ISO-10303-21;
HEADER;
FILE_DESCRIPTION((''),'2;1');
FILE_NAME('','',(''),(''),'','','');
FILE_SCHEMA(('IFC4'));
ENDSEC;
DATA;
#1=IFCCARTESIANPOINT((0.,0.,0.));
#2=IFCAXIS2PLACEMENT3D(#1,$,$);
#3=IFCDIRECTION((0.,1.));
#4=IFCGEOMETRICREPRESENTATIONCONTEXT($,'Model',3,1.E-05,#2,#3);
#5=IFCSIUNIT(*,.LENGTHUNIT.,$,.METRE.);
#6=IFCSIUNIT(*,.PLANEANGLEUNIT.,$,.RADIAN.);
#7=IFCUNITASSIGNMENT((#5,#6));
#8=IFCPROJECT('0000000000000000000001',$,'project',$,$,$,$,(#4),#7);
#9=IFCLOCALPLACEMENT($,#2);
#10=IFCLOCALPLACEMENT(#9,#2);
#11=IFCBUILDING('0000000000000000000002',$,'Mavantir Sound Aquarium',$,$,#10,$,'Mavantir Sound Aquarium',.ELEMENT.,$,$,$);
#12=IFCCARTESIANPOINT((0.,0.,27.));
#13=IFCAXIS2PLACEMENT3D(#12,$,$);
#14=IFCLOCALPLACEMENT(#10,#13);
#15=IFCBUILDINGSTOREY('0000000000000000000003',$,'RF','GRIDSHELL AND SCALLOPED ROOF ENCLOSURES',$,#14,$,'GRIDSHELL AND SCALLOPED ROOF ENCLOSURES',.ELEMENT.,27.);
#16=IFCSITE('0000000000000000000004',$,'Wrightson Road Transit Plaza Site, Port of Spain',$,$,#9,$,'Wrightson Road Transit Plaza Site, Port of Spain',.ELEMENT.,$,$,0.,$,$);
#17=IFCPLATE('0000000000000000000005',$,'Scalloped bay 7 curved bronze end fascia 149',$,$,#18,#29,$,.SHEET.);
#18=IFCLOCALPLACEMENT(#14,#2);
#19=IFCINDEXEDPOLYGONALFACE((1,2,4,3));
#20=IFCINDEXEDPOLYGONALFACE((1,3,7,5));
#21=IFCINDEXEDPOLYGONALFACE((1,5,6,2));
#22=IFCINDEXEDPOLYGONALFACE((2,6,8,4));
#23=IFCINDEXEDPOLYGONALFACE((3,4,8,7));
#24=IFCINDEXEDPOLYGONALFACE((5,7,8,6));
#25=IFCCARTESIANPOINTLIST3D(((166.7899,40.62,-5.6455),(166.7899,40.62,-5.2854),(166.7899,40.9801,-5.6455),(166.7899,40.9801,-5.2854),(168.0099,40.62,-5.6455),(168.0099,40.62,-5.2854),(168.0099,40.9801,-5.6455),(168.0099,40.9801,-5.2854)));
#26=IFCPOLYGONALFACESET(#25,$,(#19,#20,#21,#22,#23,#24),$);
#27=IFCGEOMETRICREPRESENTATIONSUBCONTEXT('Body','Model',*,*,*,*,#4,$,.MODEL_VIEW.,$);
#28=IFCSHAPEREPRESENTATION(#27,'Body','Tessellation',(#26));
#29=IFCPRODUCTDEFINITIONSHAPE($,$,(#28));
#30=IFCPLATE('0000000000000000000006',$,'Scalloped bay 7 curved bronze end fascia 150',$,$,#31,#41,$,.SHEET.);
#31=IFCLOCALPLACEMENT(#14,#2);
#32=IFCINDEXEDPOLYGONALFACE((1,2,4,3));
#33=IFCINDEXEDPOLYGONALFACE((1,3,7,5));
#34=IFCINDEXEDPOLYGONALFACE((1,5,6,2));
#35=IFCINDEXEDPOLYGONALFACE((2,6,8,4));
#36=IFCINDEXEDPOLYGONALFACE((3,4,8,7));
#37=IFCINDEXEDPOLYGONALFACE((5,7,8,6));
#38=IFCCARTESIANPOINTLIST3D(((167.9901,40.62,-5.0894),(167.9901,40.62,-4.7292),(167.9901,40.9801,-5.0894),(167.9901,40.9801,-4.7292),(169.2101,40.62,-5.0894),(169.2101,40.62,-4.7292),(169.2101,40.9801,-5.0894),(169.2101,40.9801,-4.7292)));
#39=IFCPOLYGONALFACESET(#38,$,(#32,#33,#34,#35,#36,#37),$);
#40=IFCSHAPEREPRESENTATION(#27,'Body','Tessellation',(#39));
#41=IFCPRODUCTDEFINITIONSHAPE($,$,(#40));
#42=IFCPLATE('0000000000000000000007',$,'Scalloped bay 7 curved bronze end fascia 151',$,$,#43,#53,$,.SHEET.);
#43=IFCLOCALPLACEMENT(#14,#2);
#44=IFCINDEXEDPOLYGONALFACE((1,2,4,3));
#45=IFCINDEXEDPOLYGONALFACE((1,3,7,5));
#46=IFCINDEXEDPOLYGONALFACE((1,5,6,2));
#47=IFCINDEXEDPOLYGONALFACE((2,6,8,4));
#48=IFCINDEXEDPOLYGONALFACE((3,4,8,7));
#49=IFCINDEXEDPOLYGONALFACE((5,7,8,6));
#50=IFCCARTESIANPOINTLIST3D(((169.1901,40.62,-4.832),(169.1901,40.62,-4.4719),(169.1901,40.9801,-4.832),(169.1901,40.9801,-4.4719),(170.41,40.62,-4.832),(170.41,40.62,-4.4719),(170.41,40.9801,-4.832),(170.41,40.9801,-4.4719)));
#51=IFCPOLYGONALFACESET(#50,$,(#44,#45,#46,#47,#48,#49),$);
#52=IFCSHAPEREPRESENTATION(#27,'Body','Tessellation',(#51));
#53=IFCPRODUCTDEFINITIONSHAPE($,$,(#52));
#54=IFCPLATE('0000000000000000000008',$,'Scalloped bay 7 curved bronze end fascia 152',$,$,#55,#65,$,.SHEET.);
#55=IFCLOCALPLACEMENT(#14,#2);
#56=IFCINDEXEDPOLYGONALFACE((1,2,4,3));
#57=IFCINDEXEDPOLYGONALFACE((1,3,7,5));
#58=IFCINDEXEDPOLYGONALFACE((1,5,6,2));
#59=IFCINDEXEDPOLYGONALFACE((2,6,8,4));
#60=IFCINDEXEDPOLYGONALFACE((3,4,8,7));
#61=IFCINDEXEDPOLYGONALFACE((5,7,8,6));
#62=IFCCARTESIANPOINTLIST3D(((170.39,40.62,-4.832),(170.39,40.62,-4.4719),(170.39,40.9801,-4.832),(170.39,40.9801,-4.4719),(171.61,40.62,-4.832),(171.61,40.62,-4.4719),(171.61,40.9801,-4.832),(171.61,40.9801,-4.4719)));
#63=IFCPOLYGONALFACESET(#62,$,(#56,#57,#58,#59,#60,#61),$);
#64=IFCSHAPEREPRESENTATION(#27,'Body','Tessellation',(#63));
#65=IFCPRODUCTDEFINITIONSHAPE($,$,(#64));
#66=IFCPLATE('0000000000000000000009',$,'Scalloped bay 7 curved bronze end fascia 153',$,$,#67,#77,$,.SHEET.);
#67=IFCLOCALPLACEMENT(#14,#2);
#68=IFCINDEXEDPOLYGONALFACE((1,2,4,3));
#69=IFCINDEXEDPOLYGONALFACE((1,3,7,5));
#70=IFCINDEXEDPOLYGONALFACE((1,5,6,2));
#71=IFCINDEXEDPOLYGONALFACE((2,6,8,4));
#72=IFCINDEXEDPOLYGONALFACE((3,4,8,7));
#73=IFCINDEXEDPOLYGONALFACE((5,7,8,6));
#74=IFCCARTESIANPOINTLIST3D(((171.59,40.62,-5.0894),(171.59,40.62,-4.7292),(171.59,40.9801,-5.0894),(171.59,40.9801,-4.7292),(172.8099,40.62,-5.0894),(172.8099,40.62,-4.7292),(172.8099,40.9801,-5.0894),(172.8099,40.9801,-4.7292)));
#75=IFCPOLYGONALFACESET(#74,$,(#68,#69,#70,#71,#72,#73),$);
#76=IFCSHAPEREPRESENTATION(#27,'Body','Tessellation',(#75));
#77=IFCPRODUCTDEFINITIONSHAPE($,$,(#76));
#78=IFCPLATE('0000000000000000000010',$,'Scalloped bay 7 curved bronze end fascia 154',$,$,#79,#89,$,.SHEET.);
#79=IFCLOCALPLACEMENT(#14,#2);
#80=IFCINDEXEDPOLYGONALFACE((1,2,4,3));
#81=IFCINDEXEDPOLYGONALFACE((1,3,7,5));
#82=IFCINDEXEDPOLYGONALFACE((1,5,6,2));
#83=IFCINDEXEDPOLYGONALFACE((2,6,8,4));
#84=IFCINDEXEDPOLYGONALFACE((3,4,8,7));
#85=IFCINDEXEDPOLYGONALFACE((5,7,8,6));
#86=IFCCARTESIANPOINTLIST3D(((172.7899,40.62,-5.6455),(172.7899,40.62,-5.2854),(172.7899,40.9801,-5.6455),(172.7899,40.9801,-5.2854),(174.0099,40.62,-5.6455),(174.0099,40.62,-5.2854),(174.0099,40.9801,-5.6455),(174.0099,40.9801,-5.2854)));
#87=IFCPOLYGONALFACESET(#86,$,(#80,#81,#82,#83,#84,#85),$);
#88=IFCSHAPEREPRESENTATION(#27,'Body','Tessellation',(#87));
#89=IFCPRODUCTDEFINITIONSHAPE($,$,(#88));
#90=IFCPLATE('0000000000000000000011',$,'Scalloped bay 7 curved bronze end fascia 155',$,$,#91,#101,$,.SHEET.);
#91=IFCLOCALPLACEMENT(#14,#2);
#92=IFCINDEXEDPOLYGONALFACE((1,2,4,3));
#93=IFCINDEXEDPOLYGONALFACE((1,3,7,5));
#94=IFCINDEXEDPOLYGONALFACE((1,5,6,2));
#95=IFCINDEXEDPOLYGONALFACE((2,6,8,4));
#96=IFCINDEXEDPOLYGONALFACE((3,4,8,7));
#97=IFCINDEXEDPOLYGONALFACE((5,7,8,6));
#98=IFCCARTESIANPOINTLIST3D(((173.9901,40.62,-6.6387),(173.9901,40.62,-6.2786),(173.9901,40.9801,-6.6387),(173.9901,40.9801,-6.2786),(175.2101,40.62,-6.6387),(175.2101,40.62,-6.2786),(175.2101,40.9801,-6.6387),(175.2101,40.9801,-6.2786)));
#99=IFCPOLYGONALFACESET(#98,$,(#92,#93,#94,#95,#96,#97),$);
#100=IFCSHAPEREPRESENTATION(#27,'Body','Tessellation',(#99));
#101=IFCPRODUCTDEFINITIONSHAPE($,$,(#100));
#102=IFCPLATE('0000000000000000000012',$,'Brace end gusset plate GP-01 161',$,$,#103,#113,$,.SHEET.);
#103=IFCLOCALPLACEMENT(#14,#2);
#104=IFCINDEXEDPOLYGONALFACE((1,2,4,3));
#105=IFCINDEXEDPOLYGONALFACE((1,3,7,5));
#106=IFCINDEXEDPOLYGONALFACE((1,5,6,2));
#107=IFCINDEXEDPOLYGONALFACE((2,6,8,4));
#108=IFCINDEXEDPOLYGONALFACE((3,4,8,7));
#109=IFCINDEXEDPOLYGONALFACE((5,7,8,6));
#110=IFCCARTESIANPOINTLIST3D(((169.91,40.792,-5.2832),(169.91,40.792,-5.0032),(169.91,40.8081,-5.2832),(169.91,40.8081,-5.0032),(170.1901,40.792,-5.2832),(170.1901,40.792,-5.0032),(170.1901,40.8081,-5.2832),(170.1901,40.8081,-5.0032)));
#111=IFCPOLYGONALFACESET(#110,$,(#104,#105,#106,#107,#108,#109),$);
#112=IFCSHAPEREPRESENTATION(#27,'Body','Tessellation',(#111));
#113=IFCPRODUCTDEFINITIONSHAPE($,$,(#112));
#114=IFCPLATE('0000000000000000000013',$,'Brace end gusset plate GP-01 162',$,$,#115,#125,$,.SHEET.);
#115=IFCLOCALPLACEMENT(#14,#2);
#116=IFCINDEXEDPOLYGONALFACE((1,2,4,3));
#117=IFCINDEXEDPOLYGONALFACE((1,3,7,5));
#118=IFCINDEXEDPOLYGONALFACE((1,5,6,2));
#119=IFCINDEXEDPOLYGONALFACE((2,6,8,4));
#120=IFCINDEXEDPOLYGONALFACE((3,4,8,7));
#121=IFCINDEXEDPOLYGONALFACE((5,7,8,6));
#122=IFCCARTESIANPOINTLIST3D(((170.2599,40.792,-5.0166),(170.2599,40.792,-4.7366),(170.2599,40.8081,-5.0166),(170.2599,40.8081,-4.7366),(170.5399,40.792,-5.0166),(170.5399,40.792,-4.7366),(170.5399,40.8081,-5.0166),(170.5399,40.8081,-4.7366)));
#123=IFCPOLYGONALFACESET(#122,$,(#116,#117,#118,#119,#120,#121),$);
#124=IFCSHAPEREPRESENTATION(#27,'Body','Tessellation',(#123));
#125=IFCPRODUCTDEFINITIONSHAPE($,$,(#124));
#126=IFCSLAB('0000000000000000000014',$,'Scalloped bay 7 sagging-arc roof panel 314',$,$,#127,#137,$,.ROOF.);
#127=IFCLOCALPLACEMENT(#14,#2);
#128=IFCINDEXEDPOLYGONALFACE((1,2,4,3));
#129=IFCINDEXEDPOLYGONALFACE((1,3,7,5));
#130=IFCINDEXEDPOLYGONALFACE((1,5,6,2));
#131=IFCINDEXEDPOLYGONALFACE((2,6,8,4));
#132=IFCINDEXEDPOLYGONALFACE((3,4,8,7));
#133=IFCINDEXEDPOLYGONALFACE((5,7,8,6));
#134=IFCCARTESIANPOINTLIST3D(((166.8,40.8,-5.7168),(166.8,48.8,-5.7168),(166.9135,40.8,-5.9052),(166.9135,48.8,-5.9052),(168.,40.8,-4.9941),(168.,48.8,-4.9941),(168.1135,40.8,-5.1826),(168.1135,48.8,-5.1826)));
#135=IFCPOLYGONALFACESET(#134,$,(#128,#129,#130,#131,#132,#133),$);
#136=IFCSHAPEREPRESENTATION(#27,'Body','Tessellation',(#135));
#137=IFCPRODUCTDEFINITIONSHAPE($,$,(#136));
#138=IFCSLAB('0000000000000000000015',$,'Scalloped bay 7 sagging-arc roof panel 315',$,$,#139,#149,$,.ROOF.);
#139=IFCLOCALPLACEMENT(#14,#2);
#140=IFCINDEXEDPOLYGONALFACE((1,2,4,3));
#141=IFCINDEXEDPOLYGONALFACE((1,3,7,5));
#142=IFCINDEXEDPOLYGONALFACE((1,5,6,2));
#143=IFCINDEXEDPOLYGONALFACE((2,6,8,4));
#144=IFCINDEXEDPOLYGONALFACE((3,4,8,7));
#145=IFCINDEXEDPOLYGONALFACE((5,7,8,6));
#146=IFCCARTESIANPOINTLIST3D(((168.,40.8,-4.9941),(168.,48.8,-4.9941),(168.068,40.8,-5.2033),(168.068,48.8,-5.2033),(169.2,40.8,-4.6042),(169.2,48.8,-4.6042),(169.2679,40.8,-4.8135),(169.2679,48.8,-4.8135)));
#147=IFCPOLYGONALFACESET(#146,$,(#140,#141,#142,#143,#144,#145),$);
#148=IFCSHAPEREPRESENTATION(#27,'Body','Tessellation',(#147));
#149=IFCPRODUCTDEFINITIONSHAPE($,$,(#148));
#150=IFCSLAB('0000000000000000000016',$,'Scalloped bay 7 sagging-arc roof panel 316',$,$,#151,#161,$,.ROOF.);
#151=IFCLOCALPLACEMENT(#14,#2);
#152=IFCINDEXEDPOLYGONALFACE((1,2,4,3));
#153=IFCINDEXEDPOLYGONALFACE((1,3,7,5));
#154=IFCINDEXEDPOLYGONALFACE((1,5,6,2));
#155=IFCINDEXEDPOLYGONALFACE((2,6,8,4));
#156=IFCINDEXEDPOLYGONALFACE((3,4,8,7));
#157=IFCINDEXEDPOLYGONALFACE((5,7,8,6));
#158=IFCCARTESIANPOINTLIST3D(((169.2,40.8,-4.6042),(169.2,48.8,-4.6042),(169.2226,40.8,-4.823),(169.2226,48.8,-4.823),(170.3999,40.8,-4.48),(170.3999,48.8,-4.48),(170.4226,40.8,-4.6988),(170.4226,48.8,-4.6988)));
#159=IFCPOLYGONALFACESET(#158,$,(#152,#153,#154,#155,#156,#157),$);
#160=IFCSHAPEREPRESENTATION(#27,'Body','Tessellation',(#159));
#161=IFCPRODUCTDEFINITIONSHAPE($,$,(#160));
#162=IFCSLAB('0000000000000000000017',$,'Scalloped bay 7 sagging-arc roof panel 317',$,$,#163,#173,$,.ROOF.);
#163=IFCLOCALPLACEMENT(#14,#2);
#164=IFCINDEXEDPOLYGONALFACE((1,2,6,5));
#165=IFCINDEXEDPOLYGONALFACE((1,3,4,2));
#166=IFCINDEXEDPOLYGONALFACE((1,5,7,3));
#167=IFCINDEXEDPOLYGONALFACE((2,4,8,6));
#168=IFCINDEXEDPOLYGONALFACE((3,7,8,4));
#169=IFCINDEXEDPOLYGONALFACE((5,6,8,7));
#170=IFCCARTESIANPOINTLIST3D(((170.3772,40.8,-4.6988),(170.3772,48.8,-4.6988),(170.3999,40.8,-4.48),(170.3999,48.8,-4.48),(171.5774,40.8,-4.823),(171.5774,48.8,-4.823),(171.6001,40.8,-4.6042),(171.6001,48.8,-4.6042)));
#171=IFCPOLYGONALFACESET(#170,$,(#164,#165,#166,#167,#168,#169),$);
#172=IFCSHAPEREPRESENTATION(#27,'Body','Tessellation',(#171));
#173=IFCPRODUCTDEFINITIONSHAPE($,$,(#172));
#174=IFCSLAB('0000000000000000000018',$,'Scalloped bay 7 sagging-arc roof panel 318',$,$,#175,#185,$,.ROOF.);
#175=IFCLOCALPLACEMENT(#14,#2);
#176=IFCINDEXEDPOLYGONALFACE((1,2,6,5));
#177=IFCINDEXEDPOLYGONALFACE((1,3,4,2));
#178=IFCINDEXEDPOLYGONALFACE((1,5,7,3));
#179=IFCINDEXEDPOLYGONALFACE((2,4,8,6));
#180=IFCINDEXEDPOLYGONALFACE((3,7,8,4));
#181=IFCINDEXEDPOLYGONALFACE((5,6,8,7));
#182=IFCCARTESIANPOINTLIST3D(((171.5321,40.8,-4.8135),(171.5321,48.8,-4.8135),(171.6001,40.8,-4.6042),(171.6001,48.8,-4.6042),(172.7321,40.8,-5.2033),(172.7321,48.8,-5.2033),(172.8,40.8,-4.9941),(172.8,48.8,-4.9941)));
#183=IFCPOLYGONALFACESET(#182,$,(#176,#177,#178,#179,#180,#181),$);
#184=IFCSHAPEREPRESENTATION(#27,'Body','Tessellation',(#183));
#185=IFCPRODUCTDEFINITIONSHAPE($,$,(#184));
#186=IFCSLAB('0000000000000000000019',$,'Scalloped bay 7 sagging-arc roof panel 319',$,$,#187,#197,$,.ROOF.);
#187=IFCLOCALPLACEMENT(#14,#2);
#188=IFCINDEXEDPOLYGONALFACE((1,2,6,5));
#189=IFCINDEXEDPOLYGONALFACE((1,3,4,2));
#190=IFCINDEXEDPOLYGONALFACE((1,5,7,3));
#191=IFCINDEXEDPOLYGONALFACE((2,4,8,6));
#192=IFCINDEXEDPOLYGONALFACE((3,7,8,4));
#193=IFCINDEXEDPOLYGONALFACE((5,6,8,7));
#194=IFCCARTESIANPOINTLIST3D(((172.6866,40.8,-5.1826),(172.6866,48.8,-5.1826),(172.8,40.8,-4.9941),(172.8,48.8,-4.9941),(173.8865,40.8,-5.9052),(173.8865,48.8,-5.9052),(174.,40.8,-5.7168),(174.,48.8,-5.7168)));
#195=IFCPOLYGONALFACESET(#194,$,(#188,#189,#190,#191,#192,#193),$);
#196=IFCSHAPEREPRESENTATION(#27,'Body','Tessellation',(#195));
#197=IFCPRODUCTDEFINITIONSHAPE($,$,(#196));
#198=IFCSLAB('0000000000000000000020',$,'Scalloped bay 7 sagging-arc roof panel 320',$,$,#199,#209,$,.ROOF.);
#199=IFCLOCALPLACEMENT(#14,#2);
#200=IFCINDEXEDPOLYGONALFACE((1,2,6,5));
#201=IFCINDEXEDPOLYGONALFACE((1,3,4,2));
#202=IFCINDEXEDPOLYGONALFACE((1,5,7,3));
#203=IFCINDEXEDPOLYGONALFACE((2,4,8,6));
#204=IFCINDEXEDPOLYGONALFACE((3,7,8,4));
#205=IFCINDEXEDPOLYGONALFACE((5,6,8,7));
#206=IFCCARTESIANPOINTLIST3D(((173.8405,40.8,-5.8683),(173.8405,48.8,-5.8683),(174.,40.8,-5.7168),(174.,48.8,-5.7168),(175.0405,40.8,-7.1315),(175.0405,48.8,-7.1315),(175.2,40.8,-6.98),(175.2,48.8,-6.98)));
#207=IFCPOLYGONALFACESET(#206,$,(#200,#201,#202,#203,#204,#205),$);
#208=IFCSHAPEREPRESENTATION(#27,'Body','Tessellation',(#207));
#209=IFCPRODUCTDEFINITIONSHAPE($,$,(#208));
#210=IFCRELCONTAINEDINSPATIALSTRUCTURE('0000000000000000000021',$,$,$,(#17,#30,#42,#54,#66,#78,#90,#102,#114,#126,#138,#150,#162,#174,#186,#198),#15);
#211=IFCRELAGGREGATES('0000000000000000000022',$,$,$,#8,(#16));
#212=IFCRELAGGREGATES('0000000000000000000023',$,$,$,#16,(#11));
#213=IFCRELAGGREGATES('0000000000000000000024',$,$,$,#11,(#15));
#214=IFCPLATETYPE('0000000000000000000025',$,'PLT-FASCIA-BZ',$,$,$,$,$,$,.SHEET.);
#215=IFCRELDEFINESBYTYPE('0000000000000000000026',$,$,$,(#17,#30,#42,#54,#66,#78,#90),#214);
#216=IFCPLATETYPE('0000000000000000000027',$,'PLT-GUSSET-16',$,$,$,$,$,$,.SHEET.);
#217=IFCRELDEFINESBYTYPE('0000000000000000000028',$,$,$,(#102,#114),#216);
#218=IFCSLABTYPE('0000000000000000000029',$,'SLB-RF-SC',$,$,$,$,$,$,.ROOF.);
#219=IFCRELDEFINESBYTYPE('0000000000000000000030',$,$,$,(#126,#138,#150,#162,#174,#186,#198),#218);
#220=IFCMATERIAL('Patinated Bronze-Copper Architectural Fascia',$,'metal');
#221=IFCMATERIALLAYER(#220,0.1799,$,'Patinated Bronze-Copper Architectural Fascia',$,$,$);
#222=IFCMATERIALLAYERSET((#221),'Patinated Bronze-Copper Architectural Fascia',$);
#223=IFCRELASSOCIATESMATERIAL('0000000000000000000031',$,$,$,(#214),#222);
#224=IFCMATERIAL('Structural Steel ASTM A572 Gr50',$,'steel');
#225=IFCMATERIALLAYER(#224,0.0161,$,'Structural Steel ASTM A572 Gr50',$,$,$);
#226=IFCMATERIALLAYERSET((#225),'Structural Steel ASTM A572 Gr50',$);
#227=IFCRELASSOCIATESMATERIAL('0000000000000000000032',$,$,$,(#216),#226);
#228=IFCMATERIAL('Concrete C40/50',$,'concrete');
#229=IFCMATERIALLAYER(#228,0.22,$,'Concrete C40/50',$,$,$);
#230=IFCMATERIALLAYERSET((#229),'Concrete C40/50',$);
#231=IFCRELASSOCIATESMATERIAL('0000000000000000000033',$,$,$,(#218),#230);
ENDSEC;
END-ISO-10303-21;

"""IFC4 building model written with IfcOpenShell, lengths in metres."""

from ifc_helpers import new_model, si_unit, direction, frame, origin, origin_2d, place, context, subcontext, project, spatial, polyline, rectangle, outline, extrude, material, layer, layer_set, type_object, element, save


model = new_model("IFC4")

# Units and contexts
model_context = context("Model", 3, precision=1e-05, world=origin(), true_north=direction((0.0, 1.0)))
body_context = subcontext(model_context, "Body", "Model", "MODEL_VIEW")
ifc_project = project(units=[si_unit("LENGTHUNIT", "METRE"), si_unit("PLANEANGLEUNIT", "RADIAN")], contexts=[model_context])

# Site, building, storey
site_placement = place(None, origin())
site = spatial("IfcSite", under=ifc_project, at=site_placement, Name="Wrightson Road Transit Plaza Site, Port of Spain", LongName="Wrightson Road Transit Plaza Site, Port of Spain", CompositionType="ELEMENT", RefElevation=0.0)
building_placement = place(site_placement, origin())
building = spatial("IfcBuilding", under=site, at=building_placement, Name="Mavantir Sound Aquarium", LongName="Mavantir Sound Aquarium", CompositionType="ELEMENT")
storey_placement = place(building_placement, frame((0.0, 0.0, 27.0)))
storey = spatial("IfcBuildingStorey", under=building, at=storey_placement, Name="RF", Description="GRIDSHELL AND SCALLOPED ROOF ENCLOSURES", LongName="GRIDSHELL AND SCALLOPED ROOF ENCLOSURES", CompositionType="ELEMENT", Elevation=27.0)

# Shared definitions
ifc_material_1 = material(Name="Concrete C40/50", Category="concrete")

# Plates
ifc_material_2 = material(Name="Structural Steel ASTM A572 Gr50", Category="steel")
ifc_material_3 = material(Name="Patinated Bronze-Copper Architectural Fascia", Category="metal")
ifc_layer_1 = layer(ifc_material_3, 0.1799, Name="Patinated Bronze-Copper Architectural Fascia")
ifc_layer_set_1 = layer_set([ifc_layer_1], Name="Patinated Bronze-Copper Architectural Fascia")
plate_type_1 = type_object("IfcPlateType", Name="PLT-FASCIA-BZ", PredefinedType="SHEET", material=ifc_layer_set_1)
for number, where, z_axis, x_axis, name in (
    (1, (167.3999, 40.8, -5.6455), (0.0, 0.0, 1.0), (1.0, 0.0, 0.0), "Scalloped bay 7 curved bronze end fascia 149"),
    (2, (168.6001, 40.8, -5.0894), (0.0, 0.0, 1.0), (1.0, 0.0, 0.0), "Scalloped bay 7 curved bronze end fascia 150"),
    (3, (169.8, 40.8, -4.832), (0.0, 0.0, 1.0), (1.0, 0.0, 0.0), "Scalloped bay 7 curved bronze end fascia 151"),
    (4, (171.0, 40.8, -4.832), (0.0, 0.0, 1.0), (1.0, 0.0, 0.0), "Scalloped bay 7 curved bronze end fascia 152"),
    (5, (172.2, 40.8, -5.0894), (0.0, 0.0, 1.0), (1.0, 0.0, 0.0), "Scalloped bay 7 curved bronze end fascia 153"),
    (6, (173.3999, 40.8, -5.6455), (0.0, 0.0, 1.0), (1.0, 0.0, 0.0), "Scalloped bay 7 curved bronze end fascia 154"),
    (7, (174.6001, 40.8, -6.6387), (0.0, 0.0, 1.0), (1.0, 0.0, 0.0), "Scalloped bay 7 curved bronze end fascia 155"),
):
    element("IfcPlate", number, at=place(storey_placement, frame(where, z_axis=z_axis, x_axis=x_axis)), inside=storey, type_object=plate_type_1, Name=name, PredefinedType="SHEET", context=body_context, shape_type="SweptSolid", body=[
        extrude(rectangle(XDim=1.22, YDim=0.3601, at=origin_2d()), origin(), (0.0, 0.0, 1.0), 0.3601),
    ])
ifc_layer_2 = layer(ifc_material_2, 0.0161, Name="Structural Steel ASTM A572 Gr50")
ifc_layer_set_2 = layer_set([ifc_layer_2], Name="Structural Steel ASTM A572 Gr50")
plate_type_2 = type_object("IfcPlateType", Name="PLT-GUSSET-16", PredefinedType="SHEET", material=ifc_layer_set_2)
for number, where, z_axis, x_axis, name in (
    (8, (170.05, 40.8, -5.2832), (0.0, 0.0, 1.0), (1.0, 0.0, 0.0), "Brace end gusset plate GP-01 161"),
    (9, (170.3999, 40.8, -5.0166), (0.0, 0.0, 1.0), (1.0, 0.0, 0.0), "Brace end gusset plate GP-01 162"),
):
    element("IfcPlate", number, at=place(storey_placement, frame(where, z_axis=z_axis, x_axis=x_axis)), inside=storey, type_object=plate_type_2, Name=name, PredefinedType="SHEET", context=body_context, shape_type="SweptSolid", body=[
        extrude(rectangle(XDim=0.28, YDim=0.0161, at=origin_2d()), origin(), (0.0, 0.0, 1.0), 0.28),
    ])

# Slabs
ifc_layer_3 = layer(ifc_material_1, 0.22, Name="Concrete C40/50")
ifc_layer_set_3 = layer_set([ifc_layer_3], Name="Concrete C40/50")
slab_type = type_object("IfcSlabType", Name="SLB-RF-SC", PredefinedType="ROOF", material=ifc_layer_set_3)
slab_1_placement = place(storey_placement, frame((166.8, 40.8, -5.7168), z_axis=(-0.515905, 0.0, 0.856646), x_axis=(0.856646, 0.0, 0.515905)))
element("IfcSlab", 10, at=slab_1_placement, inside=storey, type_object=slab_type, Name="Scalloped bay 7 sagging-arc roof panel 314", PredefinedType="ROOF", context=body_context, shape_type="SweptSolid", body=[
    extrude(outline(polyline([(0.0, 0.0), (1.4008, 0.0), (1.4008, 8.0), (0.0, 8.0), (0.0, 0.0)])), origin(), (0.0, 0.0, -1.0), 0.22),
])
slab_2_placement = place(storey_placement, frame((168.0, 40.8, -4.9941), z_axis=(-0.30902, 0.0, 0.951055), x_axis=(0.951055, 0.0, 0.30902)))
element("IfcSlab", 11, at=slab_2_placement, inside=storey, type_object=slab_type, Name="Scalloped bay 7 sagging-arc roof panel 315", PredefinedType="ROOF", context=body_context, shape_type="SweptSolid", body=[
    extrude(outline(polyline([(0.0, 0.0), (1.2617, 0.0), (1.2617, 8.0), (0.0, 8.0), (0.0, 0.0)])), origin(), (0.0, 0.0, -1.0), 0.22),
])
slab_3_placement = place(storey_placement, frame((169.2, 40.8, -4.6042), z_axis=(-0.10301, 0.0, 0.99468), x_axis=(0.99468, 0.0, 0.10301)))
element("IfcSlab", 12, at=slab_3_placement, inside=storey, type_object=slab_type, Name="Scalloped bay 7 sagging-arc roof panel 316", PredefinedType="ROOF", context=body_context, shape_type="SweptSolid", body=[
    extrude(outline(polyline([(0.0, 0.0), (1.2064, 0.0), (1.2064, 8.0), (0.0, 8.0), (0.0, 0.0)])), origin(), (0.0, 0.0, -1.0), 0.22),
])
slab_4_placement = place(storey_placement, frame((170.3999, 40.8, -4.48), z_axis=(0.102989, 0.0, 0.994683), x_axis=(0.994683, 0.0, -0.102989)))
element("IfcSlab", 13, at=slab_4_placement, inside=storey, type_object=slab_type, Name="Scalloped bay 7 sagging-arc roof panel 317", PredefinedType="ROOF", context=body_context, shape_type="SweptSolid", body=[
    extrude(outline(polyline([(0.0, 0.0), (1.2066, 0.0), (1.2066, 8.0), (0.0, 8.0), (0.0, 0.0)])), origin(), (0.0, 0.0, -1.0), 0.22),
])
slab_5_placement = place(storey_placement, frame((171.6001, 40.8, -4.6042), z_axis=(0.30902, 0.0, 0.951055), x_axis=(0.951055, 0.0, -0.30902)))
element("IfcSlab", 14, at=slab_5_placement, inside=storey, type_object=slab_type, Name="Scalloped bay 7 sagging-arc roof panel 318", PredefinedType="ROOF", context=body_context, shape_type="SweptSolid", body=[
    extrude(outline(polyline([(0.0, 0.0), (1.2617, 0.0), (1.2617, 8.0), (0.0, 8.0), (0.0, 0.0)])), origin(), (0.0, 0.0, -1.0), 0.22),
])
slab_6_placement = place(storey_placement, frame((172.8, 40.8, -4.9941), z_axis=(0.515905, 0.0, 0.856646), x_axis=(0.856646, 0.0, -0.515905)))
element("IfcSlab", 15, at=slab_6_placement, inside=storey, type_object=slab_type, Name="Scalloped bay 7 sagging-arc roof panel 319", PredefinedType="ROOF", context=body_context, shape_type="SweptSolid", body=[
    extrude(outline(polyline([(0.0, 0.0), (1.4008, 0.0), (1.4008, 8.0), (0.0, 8.0), (0.0, 0.0)])), origin(), (0.0, 0.0, -1.0), 0.22),
])
slab_7_placement = place(storey_placement, frame((174.0, 40.8, -5.7168), z_axis=(0.72502, 0.0, 0.688727), x_axis=(0.688727, 0.0, -0.72502)))
element("IfcSlab", 16, at=slab_7_placement, inside=storey, type_object=slab_type, Name="Scalloped bay 7 sagging-arc roof panel 320", PredefinedType="ROOF", context=body_context, shape_type="SweptSolid", body=[
    extrude(outline(polyline([(0.0, 0.0), (1.7423, 0.0), (1.7423, 8.0), (0.0, 8.0), (0.0, 0.0)])), origin(), (0.0, 0.0, -1.0), 0.22),
])

save(model, "model.ifc")
